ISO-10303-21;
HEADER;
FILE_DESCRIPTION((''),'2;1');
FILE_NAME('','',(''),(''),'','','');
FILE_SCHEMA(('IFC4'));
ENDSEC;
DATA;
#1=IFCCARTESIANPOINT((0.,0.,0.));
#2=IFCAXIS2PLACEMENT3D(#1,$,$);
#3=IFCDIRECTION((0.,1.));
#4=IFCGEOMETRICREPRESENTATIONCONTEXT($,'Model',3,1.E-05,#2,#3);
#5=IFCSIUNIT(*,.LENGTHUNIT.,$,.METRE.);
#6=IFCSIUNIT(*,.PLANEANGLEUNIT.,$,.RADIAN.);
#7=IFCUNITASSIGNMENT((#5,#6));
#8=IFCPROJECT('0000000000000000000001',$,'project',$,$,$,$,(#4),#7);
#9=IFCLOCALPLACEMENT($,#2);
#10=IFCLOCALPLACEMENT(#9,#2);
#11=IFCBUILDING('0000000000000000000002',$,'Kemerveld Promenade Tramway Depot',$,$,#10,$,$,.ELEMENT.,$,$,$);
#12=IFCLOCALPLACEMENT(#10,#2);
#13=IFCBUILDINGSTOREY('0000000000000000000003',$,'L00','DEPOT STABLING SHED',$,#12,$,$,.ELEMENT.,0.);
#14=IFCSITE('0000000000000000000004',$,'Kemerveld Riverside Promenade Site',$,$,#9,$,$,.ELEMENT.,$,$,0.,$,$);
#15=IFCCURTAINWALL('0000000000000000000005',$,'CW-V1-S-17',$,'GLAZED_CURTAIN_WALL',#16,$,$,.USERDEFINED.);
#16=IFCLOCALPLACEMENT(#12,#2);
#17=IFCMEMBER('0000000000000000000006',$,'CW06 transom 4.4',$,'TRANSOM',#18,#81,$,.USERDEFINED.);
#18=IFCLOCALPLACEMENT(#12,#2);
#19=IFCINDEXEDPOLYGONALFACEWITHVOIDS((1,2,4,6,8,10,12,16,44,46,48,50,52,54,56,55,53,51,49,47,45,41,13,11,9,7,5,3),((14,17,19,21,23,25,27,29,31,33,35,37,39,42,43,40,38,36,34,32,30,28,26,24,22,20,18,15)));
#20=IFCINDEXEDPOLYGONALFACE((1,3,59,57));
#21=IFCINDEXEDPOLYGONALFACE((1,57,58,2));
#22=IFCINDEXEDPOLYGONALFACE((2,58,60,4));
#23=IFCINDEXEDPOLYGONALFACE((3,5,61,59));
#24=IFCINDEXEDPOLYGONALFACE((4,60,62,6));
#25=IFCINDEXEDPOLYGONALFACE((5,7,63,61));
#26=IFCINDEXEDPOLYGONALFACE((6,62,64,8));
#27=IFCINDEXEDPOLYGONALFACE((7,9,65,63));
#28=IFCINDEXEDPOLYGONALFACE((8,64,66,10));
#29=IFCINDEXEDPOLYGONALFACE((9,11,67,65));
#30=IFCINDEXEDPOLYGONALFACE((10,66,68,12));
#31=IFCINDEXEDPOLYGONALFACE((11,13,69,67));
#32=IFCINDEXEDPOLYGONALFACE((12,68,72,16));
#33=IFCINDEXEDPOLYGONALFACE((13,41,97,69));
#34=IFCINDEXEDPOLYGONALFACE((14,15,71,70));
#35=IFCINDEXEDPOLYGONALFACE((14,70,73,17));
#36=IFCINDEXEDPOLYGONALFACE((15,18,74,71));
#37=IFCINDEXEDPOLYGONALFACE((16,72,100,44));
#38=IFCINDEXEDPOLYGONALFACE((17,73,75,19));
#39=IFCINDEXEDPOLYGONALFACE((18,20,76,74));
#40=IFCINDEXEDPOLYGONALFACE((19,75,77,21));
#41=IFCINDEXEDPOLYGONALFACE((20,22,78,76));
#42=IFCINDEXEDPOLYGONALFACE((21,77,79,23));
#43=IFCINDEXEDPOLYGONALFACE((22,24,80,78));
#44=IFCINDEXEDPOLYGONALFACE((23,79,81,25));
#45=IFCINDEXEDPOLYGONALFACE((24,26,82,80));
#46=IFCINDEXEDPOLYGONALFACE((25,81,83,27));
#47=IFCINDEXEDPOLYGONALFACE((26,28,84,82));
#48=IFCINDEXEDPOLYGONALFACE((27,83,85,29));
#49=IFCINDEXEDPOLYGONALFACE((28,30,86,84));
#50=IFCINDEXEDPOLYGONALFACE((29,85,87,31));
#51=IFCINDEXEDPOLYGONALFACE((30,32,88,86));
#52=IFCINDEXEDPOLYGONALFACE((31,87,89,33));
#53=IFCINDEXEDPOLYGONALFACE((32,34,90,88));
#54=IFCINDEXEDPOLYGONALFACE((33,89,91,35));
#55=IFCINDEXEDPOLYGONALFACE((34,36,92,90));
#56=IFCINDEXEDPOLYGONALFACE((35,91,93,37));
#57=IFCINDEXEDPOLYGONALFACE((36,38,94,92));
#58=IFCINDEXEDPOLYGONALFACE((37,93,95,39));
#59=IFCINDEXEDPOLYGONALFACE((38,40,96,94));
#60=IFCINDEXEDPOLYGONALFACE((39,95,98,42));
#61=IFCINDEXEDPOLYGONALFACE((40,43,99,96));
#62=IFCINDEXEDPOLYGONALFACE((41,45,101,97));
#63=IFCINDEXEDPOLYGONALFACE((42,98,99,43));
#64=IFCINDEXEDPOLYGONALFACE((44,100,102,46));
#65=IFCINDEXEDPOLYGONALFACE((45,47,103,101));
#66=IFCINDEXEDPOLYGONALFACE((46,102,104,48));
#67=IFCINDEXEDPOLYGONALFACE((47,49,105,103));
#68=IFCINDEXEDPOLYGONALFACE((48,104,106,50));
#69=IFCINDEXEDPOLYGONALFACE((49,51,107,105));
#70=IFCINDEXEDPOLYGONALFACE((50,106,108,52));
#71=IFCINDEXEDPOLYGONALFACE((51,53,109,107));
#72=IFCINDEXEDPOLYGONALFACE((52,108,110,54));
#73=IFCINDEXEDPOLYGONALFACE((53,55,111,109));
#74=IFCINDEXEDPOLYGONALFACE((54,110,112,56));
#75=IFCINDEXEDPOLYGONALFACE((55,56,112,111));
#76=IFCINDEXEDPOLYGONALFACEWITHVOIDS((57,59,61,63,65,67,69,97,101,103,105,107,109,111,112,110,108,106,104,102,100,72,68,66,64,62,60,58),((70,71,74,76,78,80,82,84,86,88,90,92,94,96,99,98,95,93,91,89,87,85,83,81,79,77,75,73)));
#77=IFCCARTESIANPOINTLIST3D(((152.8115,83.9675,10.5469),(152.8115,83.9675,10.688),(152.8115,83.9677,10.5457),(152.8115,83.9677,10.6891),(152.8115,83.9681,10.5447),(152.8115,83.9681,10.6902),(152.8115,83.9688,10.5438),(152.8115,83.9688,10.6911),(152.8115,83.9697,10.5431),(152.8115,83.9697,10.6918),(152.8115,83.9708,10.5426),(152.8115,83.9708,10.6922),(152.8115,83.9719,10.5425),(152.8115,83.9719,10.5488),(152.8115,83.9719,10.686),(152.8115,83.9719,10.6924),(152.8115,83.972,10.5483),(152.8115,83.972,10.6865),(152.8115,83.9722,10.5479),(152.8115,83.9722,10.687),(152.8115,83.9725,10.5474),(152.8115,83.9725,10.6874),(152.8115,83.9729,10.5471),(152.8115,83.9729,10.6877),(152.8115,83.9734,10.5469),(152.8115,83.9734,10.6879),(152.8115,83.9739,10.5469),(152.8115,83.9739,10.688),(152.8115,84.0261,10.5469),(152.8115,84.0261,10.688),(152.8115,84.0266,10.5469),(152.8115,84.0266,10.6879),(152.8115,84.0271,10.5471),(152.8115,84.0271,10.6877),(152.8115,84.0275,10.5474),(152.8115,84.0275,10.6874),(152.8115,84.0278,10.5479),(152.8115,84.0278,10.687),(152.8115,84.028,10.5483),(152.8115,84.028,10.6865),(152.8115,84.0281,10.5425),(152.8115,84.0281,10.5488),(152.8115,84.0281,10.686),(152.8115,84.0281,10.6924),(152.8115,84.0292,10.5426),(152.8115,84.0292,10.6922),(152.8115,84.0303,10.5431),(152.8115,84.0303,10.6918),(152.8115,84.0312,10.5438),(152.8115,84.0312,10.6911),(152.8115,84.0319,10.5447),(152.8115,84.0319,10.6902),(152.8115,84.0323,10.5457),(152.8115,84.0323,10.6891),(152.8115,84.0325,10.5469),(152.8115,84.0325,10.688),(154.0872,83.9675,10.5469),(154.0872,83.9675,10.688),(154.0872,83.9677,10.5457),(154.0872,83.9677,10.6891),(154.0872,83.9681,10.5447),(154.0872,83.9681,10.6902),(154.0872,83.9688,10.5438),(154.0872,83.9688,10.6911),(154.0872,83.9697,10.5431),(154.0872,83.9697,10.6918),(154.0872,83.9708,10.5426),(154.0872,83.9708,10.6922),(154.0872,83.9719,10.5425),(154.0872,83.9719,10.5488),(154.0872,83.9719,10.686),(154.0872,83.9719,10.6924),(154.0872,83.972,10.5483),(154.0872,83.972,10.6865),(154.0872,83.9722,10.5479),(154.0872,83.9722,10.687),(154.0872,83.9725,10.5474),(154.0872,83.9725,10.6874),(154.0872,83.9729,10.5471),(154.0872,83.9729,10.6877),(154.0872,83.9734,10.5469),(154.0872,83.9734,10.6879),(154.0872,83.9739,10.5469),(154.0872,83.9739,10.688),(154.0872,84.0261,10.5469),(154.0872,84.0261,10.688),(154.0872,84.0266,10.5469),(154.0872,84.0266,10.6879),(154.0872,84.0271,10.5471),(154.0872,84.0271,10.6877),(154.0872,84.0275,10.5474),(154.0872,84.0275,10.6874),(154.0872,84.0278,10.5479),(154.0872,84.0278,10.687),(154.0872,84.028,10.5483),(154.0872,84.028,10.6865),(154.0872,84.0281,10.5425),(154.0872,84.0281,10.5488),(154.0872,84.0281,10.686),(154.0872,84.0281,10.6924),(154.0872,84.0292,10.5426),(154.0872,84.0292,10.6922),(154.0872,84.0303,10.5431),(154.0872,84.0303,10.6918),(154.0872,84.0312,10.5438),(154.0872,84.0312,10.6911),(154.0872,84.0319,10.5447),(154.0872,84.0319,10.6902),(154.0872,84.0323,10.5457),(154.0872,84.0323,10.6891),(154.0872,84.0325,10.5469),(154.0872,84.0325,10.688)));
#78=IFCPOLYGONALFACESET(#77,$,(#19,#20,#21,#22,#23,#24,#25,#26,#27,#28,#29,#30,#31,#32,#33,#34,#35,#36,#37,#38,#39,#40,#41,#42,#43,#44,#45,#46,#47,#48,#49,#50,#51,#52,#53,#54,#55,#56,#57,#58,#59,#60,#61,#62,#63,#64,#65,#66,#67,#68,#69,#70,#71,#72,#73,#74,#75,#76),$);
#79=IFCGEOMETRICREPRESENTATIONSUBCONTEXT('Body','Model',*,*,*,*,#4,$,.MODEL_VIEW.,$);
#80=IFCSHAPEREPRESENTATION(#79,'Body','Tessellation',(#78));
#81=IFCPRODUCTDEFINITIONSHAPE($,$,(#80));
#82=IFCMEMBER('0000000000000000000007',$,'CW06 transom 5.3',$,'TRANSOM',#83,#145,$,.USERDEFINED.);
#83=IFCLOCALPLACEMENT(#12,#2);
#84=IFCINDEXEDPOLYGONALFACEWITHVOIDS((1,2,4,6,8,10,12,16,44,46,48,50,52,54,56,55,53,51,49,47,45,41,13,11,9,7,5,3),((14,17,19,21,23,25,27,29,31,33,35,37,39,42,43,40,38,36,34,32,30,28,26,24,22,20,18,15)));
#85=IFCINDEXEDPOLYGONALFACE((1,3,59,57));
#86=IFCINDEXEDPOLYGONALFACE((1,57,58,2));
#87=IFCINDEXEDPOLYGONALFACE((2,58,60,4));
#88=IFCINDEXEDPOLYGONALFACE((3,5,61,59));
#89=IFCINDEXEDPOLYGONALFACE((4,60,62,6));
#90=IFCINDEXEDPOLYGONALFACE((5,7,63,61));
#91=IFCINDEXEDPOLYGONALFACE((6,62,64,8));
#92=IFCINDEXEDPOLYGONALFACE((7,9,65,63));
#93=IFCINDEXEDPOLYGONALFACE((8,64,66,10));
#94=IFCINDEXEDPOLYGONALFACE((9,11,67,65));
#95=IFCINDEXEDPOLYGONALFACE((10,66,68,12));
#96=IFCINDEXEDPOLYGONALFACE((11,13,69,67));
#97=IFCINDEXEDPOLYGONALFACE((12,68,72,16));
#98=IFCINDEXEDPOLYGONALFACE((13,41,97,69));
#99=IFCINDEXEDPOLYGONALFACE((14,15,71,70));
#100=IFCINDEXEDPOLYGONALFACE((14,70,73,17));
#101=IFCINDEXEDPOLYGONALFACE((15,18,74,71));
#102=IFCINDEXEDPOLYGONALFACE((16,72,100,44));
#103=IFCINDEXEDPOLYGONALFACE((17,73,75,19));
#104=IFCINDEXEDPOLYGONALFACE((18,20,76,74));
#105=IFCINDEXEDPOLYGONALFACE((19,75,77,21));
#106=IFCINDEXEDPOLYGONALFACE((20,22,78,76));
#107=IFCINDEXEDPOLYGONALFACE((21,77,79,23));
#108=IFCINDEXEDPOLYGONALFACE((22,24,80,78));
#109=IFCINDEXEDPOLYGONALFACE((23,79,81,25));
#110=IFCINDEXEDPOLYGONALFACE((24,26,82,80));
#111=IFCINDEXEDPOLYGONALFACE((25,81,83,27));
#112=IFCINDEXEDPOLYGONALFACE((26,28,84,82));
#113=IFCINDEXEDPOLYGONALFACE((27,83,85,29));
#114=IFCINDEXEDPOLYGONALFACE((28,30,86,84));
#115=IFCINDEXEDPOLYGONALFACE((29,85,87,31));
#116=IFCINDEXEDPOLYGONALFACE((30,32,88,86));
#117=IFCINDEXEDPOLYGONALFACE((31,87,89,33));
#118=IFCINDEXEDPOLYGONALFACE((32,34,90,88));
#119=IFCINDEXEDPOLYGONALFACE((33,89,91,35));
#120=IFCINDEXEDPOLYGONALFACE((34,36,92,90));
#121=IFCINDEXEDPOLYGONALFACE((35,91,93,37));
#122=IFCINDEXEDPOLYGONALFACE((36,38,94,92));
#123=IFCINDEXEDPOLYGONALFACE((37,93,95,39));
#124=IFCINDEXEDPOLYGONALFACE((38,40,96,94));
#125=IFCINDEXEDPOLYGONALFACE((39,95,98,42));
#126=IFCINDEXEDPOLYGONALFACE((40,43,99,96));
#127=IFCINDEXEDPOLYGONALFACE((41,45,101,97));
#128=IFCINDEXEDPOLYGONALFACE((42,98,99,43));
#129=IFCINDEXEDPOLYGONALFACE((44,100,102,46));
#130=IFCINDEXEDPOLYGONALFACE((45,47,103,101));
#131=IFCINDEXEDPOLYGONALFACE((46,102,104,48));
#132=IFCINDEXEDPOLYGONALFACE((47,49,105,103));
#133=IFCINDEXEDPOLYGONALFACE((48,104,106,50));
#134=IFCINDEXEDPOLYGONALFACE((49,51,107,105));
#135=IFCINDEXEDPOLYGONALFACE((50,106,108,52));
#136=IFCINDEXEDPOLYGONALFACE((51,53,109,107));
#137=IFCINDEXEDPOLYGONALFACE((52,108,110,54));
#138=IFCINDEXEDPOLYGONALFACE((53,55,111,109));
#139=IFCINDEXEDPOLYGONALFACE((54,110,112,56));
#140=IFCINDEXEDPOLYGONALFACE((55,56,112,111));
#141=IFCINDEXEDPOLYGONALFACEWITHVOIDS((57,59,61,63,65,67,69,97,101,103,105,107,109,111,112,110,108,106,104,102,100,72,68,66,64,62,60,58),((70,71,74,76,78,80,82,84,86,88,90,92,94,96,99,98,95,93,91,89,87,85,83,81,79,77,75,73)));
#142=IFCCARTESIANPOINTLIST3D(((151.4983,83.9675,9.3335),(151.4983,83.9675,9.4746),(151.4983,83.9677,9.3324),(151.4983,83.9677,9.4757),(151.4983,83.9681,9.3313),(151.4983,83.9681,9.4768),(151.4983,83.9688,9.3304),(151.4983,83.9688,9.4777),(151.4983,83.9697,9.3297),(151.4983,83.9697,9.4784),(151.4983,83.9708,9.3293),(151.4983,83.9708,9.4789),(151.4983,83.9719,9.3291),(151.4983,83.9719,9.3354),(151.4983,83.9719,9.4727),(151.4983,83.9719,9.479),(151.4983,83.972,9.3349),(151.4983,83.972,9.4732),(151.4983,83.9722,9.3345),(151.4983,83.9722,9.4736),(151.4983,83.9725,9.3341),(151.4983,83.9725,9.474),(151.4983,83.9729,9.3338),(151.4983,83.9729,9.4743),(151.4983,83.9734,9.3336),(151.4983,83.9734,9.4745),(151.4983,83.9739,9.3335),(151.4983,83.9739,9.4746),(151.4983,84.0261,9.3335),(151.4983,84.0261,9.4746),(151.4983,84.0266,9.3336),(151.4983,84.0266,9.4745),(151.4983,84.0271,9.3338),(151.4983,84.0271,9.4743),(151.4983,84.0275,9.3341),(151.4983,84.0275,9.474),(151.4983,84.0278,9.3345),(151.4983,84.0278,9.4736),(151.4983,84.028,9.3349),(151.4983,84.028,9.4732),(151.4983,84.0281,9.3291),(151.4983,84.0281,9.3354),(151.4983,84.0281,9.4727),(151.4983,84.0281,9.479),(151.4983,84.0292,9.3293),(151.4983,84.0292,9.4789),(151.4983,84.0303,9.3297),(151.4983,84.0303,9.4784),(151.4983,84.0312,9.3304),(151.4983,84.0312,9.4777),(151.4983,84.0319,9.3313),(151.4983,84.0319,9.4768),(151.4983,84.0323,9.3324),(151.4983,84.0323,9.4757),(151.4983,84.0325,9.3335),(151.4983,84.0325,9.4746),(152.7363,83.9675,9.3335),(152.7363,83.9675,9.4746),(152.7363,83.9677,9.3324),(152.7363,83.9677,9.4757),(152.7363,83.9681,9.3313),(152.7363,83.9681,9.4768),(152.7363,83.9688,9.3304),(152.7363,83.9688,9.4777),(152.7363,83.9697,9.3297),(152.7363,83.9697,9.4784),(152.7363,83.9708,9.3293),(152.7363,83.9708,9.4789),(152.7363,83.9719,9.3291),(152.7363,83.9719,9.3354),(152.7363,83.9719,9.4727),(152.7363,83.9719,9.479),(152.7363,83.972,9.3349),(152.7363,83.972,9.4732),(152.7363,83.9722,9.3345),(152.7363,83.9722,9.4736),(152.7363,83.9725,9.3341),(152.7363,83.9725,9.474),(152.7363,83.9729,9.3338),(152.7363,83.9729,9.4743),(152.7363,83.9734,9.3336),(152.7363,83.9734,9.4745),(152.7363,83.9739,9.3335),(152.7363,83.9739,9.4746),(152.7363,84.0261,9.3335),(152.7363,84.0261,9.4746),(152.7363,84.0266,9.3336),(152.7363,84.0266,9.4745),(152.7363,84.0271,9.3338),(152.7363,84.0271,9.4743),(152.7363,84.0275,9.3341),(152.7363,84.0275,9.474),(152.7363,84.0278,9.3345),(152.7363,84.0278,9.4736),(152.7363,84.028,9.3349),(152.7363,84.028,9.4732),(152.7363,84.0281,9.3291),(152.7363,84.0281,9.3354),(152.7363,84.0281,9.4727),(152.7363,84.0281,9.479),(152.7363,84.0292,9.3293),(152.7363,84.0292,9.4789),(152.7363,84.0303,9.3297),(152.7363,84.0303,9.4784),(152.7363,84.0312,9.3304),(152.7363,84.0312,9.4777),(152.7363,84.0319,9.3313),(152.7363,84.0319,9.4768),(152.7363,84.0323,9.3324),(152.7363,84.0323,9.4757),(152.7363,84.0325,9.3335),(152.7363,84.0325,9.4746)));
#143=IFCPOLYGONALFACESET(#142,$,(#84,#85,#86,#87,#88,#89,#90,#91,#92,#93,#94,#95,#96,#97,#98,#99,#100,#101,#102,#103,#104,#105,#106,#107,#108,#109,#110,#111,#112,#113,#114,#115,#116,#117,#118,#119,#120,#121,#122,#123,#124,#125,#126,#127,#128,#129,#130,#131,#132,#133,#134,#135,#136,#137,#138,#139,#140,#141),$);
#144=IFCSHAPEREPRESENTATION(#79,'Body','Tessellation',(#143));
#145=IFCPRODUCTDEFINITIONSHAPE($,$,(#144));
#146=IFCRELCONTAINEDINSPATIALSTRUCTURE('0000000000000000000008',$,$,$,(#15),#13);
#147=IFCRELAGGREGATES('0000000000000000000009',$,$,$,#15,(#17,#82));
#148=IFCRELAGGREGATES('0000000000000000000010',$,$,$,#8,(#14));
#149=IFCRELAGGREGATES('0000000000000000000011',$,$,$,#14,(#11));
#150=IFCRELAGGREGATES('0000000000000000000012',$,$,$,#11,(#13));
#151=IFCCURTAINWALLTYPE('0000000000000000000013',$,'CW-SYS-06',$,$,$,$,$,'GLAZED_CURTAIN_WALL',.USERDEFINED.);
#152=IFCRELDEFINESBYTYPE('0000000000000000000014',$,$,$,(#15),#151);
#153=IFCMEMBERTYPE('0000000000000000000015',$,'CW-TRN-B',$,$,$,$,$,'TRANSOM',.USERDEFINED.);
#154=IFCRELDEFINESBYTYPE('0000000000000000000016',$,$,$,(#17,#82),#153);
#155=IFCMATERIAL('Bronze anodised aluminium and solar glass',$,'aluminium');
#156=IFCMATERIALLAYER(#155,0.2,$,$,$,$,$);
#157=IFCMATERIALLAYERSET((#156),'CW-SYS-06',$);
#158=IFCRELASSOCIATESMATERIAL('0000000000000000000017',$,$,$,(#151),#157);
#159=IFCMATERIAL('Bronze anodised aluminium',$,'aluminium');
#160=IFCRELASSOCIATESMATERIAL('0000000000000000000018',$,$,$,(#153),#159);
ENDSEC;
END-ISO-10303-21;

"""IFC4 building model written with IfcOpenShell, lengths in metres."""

from ifc_helpers import new_model, si_unit, direction, frame, origin, origin_2d, place, context, subcontext, project, spatial, hollow_rectangle, extrude, material, layer, layer_set, material_profile, profile_set, type_object, element, aggregate, save


model = new_model("IFC4")

# Units and contexts
model_context = context("Model", 3, precision=1e-05, world=origin(), true_north=direction((0.0, 1.0)))
body_context = subcontext(model_context, "Body", "Model", "MODEL_VIEW")
ifc_project = project(units=[si_unit("LENGTHUNIT", "METRE"), si_unit("PLANEANGLEUNIT", "RADIAN")], contexts=[model_context])

# Site, building, storey
site_placement = place(None, origin())
site = spatial("IfcSite", under=ifc_project, at=site_placement, Name="Kemerveld Riverside Promenade Site", CompositionType="ELEMENT", RefElevation=0.0)
building_placement = place(site_placement, origin())
building = spatial("IfcBuilding", under=site, at=building_placement, Name="Kemerveld Promenade Tramway Depot", CompositionType="ELEMENT")
storey_placement = place(building_placement, origin())
storey = spatial("IfcBuildingStorey", under=building, at=storey_placement, Name="L00", Description="DEPOT STABLING SHED", CompositionType="ELEMENT", Elevation=0.0)

# Curtain wall, members
ifc_material_1 = material(Name="Bronze anodised aluminium and solar glass", Category="aluminium")
ifc_material_2 = material(Name="Bronze anodised aluminium", Category="aluminium")
ifc_layer_1 = layer(ifc_material_1, 0.2)
ifc_layer_set_1 = layer_set([ifc_layer_1], Name="CW-SYS-06")
curtain_wall_type_1 = type_object("IfcCurtainWallType", Name="CW-SYS-06", ElementType="GLAZED_CURTAIN_WALL", PredefinedType="USERDEFINED", material=ifc_layer_set_1)
curtain_wall_1_placement = place(storey_placement, origin())
curtain_wall_1 = element("IfcCurtainWall", 1, at=curtain_wall_1_placement, inside=storey, type_object=curtain_wall_type_1, Name="CW-V1-S-17", ObjectType="GLAZED_CURTAIN_WALL", PredefinedType="USERDEFINED")
ifc_material_profile_1 = material_profile(ifc_material_2, hollow_rectangle(XDim=0.0649, YDim=0.1499, WallThickness=0.0044, InnerFilletRadius=0.002, OuterFilletRadius=0.0044, at=origin_2d()), Name="CW-TRN-150x65")
ifc_profile_set_1 = profile_set([ifc_material_profile_1], Name="Bronze anodised aluminium")
member_type_1 = type_object("IfcMemberType", Name="CW-TRN-B", ElementType="TRANSOM", PredefinedType="USERDEFINED", material=ifc_profile_set_1)
member_1_placement = place(storey_placement, frame((154.0872, 84.0, 10.6174), z_axis=(-1.0, 0.0, 0.0), x_axis=(0.0, -1.0, 0.0)))
member_1 = element("IfcMember", 2, at=member_1_placement, type_object=member_type_1, Name="CW06 transom 4.4", ObjectType="TRANSOM", PredefinedType="USERDEFINED", context=body_context, shape_type="SweptSolid", body=[
    extrude(hollow_rectangle(XDim=0.0649, YDim=0.1499, WallThickness=0.0044, InnerFilletRadius=0.002, OuterFilletRadius=0.0044, at=origin_2d()), origin(), (0.0, 0.0, 1.0), 1.2756),
])
member_2_placement = place(storey_placement, frame((152.7363, 84.0, 9.4041), z_axis=(-1.0, 0.0, 0.0), x_axis=(0.0, -1.0, 0.0)))
member_2 = element("IfcMember", 3, at=member_2_placement, type_object=member_type_1, Name="CW06 transom 5.3", ObjectType="TRANSOM", PredefinedType="USERDEFINED", context=body_context, shape_type="SweptSolid", body=[
    extrude(hollow_rectangle(XDim=0.0649, YDim=0.1499, WallThickness=0.0044, InnerFilletRadius=0.002, OuterFilletRadius=0.0044, at=origin_2d()), origin(), (0.0, 0.0, 1.0), 1.238),
])

aggregate(curtain_wall_1, [member_1, member_2])

save(model, "model.ifc")
